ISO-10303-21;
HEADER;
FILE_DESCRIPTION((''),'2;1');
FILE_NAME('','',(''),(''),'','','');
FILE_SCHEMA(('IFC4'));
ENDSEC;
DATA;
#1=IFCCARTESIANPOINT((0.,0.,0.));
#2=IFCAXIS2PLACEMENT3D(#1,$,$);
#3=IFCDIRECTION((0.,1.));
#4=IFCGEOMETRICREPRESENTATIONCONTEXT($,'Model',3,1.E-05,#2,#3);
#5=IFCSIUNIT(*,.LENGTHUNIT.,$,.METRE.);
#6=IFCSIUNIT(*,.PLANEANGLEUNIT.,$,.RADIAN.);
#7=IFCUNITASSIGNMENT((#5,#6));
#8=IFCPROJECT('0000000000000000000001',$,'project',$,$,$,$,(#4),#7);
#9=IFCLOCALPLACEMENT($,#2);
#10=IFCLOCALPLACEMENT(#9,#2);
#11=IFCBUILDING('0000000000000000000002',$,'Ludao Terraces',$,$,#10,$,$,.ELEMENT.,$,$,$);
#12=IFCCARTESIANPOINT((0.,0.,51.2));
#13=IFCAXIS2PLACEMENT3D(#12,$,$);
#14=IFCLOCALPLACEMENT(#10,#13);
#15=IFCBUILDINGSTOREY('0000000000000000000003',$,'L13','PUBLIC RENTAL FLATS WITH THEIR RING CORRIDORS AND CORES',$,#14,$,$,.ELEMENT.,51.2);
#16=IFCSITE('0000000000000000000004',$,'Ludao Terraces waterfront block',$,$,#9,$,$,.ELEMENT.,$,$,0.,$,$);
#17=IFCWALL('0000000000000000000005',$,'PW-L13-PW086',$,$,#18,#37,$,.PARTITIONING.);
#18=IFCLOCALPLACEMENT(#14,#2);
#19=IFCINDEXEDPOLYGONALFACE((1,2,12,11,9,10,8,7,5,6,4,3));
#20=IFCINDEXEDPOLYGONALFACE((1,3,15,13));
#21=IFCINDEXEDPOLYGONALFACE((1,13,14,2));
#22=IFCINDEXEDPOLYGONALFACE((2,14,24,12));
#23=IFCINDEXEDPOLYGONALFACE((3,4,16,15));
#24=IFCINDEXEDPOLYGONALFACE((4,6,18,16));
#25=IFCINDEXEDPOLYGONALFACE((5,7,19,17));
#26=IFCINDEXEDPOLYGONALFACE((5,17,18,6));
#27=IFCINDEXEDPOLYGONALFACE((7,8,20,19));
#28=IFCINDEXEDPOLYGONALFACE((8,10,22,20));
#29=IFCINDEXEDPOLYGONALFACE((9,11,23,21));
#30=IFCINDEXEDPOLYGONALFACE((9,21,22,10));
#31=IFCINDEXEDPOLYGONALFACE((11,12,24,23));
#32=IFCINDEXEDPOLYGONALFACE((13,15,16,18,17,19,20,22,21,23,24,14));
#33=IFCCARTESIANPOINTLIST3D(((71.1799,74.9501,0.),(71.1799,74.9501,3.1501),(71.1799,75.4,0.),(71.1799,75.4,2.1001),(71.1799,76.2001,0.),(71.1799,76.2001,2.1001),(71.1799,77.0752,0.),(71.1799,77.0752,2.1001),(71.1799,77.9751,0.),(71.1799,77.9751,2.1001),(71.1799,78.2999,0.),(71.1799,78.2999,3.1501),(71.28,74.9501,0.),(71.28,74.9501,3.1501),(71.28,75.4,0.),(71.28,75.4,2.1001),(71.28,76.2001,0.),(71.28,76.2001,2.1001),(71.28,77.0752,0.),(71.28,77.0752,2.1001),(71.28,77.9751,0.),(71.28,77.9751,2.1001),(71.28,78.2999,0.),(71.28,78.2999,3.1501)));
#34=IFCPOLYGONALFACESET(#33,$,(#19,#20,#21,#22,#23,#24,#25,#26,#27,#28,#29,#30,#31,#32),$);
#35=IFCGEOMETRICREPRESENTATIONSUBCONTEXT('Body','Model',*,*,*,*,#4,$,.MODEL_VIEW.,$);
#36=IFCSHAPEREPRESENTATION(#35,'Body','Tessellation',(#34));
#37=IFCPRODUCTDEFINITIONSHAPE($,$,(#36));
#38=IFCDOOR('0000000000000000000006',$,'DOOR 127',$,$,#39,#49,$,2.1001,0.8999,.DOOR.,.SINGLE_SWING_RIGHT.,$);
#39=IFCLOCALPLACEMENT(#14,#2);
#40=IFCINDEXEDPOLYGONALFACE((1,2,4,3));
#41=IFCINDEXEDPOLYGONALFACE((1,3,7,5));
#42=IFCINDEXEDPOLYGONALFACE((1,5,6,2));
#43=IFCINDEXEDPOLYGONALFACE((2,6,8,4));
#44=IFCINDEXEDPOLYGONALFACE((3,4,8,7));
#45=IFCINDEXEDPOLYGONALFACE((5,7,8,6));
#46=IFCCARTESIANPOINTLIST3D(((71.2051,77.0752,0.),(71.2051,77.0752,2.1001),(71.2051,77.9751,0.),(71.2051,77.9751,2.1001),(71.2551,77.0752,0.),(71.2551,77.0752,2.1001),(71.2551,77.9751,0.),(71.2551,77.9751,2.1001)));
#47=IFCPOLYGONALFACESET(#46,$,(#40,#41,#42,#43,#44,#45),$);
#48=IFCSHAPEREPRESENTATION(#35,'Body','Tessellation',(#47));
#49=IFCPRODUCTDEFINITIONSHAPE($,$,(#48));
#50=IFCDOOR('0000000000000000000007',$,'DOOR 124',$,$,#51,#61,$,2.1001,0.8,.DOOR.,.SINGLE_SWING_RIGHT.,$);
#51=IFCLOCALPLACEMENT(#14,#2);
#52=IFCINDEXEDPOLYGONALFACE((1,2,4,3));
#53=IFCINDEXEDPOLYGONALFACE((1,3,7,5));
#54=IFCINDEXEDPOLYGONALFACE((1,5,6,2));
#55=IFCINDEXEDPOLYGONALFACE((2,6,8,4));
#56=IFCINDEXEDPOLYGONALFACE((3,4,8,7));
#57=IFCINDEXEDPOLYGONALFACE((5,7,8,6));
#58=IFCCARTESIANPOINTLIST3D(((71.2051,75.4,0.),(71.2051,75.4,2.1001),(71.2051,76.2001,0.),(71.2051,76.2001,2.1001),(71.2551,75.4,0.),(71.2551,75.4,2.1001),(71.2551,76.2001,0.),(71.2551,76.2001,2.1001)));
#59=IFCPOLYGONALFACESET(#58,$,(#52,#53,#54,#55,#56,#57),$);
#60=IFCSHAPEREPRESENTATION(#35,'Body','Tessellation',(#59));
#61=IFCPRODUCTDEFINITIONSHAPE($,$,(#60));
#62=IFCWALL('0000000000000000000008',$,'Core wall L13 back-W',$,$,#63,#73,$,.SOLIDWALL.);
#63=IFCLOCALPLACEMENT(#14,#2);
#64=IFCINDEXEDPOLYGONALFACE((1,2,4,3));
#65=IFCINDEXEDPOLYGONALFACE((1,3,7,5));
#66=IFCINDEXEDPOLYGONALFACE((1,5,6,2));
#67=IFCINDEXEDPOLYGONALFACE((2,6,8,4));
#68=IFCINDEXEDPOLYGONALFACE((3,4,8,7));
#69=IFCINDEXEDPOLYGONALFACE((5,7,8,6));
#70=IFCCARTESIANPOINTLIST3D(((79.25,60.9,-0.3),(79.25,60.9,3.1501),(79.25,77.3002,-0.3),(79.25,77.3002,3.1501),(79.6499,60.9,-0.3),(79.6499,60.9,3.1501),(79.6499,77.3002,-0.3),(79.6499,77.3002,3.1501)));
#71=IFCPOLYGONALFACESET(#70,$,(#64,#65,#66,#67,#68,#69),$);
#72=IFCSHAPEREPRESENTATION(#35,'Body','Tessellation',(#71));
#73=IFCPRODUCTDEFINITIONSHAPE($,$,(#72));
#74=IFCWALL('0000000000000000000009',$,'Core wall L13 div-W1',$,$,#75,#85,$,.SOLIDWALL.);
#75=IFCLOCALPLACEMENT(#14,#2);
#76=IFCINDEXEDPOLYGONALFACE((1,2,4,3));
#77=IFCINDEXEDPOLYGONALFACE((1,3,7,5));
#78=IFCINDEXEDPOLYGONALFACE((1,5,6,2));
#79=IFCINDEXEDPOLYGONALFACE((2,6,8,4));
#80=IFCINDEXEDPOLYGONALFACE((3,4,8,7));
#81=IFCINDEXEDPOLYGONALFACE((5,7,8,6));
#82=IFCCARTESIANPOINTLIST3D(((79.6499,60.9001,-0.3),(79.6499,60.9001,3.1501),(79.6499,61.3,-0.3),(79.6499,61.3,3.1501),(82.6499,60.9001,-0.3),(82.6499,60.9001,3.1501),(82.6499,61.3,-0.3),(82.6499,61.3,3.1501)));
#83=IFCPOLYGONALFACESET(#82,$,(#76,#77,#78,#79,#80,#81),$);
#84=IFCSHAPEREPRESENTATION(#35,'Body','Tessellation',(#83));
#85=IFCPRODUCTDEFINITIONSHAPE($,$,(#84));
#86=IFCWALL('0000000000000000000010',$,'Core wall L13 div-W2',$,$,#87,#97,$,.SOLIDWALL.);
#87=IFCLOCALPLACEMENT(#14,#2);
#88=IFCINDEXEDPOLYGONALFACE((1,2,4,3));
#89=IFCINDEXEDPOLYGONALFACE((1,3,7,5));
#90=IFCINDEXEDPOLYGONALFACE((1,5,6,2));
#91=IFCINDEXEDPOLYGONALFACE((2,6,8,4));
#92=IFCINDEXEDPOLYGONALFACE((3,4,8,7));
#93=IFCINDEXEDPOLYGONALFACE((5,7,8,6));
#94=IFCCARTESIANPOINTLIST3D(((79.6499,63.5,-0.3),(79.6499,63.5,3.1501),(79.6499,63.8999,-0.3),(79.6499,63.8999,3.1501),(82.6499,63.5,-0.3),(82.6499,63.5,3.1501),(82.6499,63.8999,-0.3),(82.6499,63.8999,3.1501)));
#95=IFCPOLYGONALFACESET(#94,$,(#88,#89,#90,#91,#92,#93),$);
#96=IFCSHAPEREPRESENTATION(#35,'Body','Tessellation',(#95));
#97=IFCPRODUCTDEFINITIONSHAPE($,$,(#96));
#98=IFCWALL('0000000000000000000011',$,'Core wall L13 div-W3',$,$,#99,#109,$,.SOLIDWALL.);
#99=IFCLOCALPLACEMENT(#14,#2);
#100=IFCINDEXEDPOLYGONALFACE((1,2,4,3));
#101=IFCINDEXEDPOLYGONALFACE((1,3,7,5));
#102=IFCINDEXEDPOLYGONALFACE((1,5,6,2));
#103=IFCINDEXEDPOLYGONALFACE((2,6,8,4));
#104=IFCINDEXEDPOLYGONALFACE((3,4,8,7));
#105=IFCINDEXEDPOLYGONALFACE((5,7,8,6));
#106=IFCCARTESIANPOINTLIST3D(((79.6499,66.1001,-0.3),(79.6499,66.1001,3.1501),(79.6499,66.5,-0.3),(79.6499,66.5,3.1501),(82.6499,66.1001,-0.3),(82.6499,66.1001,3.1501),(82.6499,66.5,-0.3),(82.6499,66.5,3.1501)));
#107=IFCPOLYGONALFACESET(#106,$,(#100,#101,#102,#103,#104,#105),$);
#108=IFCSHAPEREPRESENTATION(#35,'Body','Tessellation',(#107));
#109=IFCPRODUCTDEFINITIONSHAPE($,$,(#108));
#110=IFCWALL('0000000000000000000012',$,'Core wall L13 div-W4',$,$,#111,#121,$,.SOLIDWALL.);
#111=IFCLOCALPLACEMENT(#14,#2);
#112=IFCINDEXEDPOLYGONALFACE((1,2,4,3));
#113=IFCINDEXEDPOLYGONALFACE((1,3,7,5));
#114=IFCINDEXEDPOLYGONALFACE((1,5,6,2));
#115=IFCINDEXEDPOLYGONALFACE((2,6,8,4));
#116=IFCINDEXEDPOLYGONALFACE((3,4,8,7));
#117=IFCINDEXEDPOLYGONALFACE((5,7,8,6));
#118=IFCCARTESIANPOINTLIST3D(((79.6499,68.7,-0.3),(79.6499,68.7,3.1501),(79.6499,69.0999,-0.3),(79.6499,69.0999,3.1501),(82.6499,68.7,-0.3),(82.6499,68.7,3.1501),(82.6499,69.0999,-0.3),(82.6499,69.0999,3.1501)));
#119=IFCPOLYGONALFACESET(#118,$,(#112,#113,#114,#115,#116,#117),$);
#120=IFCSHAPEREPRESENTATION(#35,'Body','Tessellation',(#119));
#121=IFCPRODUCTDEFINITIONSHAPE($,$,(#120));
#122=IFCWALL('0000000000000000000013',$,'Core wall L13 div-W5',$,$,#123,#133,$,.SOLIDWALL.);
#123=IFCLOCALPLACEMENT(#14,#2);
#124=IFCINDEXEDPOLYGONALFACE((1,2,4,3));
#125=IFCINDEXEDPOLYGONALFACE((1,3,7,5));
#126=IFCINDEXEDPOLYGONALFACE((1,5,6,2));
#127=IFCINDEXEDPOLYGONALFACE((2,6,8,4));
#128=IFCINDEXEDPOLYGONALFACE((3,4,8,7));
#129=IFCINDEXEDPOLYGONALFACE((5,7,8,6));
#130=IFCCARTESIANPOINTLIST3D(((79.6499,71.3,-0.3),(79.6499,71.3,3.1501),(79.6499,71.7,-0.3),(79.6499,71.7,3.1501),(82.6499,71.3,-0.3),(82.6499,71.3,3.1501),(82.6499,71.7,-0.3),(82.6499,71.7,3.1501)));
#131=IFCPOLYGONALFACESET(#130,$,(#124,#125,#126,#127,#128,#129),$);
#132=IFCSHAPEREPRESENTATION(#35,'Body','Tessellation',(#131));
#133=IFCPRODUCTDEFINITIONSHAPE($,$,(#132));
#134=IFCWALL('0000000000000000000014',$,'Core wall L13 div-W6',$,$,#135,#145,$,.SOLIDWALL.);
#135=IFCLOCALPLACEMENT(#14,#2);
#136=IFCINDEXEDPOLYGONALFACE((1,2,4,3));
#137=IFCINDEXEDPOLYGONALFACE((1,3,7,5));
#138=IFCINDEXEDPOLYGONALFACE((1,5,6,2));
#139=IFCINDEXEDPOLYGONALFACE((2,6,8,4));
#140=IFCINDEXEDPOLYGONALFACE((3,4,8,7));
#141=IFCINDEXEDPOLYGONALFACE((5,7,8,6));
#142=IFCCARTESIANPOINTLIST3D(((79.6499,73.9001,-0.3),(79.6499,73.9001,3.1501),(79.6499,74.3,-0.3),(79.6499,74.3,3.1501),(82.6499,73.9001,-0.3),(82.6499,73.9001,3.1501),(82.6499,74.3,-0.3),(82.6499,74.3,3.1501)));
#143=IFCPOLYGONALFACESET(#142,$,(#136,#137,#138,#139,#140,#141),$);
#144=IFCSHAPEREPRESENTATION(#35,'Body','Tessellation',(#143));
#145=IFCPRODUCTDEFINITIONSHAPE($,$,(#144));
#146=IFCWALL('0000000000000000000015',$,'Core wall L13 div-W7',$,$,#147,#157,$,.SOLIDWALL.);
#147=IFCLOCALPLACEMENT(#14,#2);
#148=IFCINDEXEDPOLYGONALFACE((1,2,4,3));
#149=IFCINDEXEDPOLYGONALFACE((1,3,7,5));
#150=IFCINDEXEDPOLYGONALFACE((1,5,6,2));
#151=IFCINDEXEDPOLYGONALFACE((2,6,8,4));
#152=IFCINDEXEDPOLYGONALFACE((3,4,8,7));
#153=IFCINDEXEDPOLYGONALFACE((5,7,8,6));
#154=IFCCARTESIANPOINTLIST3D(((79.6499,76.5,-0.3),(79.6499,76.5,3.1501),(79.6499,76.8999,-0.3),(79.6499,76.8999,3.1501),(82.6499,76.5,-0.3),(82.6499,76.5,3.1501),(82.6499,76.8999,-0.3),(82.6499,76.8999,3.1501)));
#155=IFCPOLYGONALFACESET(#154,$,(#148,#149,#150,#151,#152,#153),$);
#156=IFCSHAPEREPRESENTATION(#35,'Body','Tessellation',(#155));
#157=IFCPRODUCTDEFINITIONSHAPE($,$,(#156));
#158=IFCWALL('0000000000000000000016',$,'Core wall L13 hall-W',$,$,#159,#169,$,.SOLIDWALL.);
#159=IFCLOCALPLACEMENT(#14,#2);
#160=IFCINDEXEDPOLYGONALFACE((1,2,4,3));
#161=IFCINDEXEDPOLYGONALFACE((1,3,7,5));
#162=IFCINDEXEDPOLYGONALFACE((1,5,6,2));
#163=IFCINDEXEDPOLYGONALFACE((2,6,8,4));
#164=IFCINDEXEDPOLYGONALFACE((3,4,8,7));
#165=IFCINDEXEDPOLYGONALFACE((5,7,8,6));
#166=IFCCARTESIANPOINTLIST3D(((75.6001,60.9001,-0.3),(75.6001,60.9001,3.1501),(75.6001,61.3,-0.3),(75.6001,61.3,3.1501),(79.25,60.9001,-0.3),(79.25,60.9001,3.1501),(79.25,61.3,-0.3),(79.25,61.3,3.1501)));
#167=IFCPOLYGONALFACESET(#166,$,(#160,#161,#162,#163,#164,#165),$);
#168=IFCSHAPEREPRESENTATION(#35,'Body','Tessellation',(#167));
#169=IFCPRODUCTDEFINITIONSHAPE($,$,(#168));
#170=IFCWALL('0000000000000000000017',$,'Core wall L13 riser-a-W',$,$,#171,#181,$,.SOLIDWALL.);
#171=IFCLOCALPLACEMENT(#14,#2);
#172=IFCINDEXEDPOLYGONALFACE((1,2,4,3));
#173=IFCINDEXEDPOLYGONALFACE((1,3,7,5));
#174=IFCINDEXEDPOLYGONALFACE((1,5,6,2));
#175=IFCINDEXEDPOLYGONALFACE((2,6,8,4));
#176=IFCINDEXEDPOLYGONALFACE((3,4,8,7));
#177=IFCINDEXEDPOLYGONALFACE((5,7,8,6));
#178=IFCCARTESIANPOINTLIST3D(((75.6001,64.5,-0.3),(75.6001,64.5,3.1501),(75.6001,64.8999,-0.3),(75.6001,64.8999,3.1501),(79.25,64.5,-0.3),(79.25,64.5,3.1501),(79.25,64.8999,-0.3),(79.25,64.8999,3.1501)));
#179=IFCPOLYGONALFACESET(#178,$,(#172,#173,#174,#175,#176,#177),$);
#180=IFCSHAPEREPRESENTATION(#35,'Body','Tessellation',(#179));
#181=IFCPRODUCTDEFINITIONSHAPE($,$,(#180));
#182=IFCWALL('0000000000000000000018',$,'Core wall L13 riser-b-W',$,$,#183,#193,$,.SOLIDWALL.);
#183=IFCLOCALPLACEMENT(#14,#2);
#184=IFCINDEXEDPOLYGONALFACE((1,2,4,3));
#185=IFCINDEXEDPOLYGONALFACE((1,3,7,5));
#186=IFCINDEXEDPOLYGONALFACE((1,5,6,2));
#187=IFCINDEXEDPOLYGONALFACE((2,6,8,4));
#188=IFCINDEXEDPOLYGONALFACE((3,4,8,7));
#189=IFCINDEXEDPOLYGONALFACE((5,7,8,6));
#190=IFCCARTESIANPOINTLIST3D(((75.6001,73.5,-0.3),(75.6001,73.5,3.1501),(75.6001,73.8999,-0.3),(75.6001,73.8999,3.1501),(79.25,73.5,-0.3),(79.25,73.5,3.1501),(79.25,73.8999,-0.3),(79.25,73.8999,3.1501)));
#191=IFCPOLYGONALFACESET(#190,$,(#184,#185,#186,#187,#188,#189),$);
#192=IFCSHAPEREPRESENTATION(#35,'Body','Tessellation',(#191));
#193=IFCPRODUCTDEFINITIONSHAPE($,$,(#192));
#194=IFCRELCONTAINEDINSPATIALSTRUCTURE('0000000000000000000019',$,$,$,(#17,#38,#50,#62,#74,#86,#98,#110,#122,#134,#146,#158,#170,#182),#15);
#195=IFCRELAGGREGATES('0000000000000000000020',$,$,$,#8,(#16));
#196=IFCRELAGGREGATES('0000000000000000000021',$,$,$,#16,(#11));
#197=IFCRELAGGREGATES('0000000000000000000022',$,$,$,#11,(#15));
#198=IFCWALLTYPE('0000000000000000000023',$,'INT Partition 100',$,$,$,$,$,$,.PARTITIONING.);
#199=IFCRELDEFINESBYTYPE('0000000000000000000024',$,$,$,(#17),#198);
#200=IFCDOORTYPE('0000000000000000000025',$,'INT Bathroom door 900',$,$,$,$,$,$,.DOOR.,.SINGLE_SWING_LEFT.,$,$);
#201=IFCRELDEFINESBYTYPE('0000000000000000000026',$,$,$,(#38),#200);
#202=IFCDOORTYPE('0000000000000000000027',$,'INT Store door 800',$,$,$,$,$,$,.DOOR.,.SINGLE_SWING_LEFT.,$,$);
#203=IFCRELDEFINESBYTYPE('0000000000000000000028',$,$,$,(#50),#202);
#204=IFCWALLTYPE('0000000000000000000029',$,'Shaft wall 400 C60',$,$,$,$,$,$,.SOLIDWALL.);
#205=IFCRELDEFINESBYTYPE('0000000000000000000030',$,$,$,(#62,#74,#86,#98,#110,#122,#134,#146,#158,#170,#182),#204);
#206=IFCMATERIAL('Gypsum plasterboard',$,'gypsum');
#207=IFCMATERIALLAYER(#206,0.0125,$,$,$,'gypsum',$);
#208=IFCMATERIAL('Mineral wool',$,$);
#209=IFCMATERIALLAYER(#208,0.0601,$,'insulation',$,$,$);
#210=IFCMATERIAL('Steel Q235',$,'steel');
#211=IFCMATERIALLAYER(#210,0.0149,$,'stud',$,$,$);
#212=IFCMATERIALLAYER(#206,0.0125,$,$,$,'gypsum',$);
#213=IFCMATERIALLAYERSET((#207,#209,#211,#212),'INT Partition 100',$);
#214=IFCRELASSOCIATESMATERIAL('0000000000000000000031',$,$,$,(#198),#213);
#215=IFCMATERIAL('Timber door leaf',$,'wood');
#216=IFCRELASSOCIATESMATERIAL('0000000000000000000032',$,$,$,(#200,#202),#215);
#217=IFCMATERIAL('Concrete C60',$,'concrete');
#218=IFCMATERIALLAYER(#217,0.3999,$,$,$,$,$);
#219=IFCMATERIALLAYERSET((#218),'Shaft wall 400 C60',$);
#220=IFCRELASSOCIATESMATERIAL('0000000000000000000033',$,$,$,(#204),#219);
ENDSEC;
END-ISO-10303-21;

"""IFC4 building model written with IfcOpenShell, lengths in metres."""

from ifc_helpers import new_model, si_unit, direction, frame, frame_2d, origin, place, context, subcontext, project, spatial, rectangle, extrude, material, layer, layer_set, type_object, element, fill, save


model = new_model("IFC4")

# Units and contexts
model_context = context("Model", 3, precision=1e-05, world=origin(), true_north=direction((0.0, 1.0)))
body_context = subcontext(model_context, "Body", "Model", "MODEL_VIEW")
ifc_project = project(units=[si_unit("LENGTHUNIT", "METRE"), si_unit("PLANEANGLEUNIT", "RADIAN")], contexts=[model_context])

# Site, building, storey
site_placement = place(None, origin())
site = spatial("IfcSite", under=ifc_project, at=site_placement, Name="Ludao Terraces waterfront block", CompositionType="ELEMENT", RefElevation=0.0)
building_placement = place(site_placement, origin())
building = spatial("IfcBuilding", under=site, at=building_placement, Name="Ludao Terraces", CompositionType="ELEMENT")
storey_placement = place(building_placement, frame((0.0, 0.0, 51.2)))
storey = spatial("IfcBuildingStorey", under=building, at=storey_placement, Name="L13", Description="PUBLIC RENTAL FLATS WITH THEIR RING CORRIDORS AND CORES", CompositionType="ELEMENT", Elevation=51.2)

# Shared definitions
ifc_material_1 = material(Name="Concrete C60", Category="concrete")

# Shared definitions
ifc_material_2 = material(Name="Steel Q235", Category="steel")

# Shared definitions
ifc_material_3 = material(Name="Mineral wool")
ifc_material_4 = material(Name="Gypsum plasterboard", Category="gypsum")
ifc_layer_1 = layer(ifc_material_4, 0.0125, Category="gypsum")
ifc_layer_2 = layer(ifc_material_3, 0.0601, Name="insulation")
ifc_layer_3 = layer(ifc_material_2, 0.0149, Name="stud")
ifc_layer_4 = layer(ifc_material_4, 0.0125, Category="gypsum")
ifc_layer_set_1 = layer_set([ifc_layer_1, ifc_layer_2, ifc_layer_3, ifc_layer_4], Name="INT Partition 100")
wall_type_1 = type_object("IfcWallType", Name="INT Partition 100", PredefinedType="PARTITIONING", material=ifc_layer_set_1)

# Wall, openings, doors
wall_1_placement = place(storey_placement, frame((71.23, 74.9502, 0.0), z_axis=(0.0, 0.0, 1.0), x_axis=(0.0, 1.0, 0.0)))
wall_1 = element("IfcWall", 1, at=wall_1_placement, inside=storey, type_object=wall_type_1, Name="PW-L13-PW086", PredefinedType="PARTITIONING", context=body_context, shape_type="SweptSolid", body=[
    extrude(rectangle(XDim=3.3499, YDim=0.1001, at=frame_2d((1.6748, 0.0))), origin(), (0.0, 0.0, 1.0), 3.1501),
])
opening_1_placement = place(wall_1_placement, frame((0.45, 0.0, 0.0)))
opening_1 = element("IfcOpeningElement", 2, at=opening_1_placement, cuts=wall_1, PredefinedType="OPENING", context=body_context, shape_type="SweptSolid", body=[
    extrude(rectangle(XDim=0.8, YDim=2.1001, at=frame_2d((0.3999, 1.05))), frame((0.0, 0.0601, 0.0), z_axis=(0.0, -1.0, 0.0), x_axis=(1.0, 0.0, 0.0)), (0.0, 0.0, 1.0), 0.1201),
])
opening_2_placement = place(wall_1_placement, frame((2.125, 0.0, 0.0)))
opening_2 = element("IfcOpeningElement", 3, at=opening_2_placement, cuts=wall_1, PredefinedType="OPENING", context=body_context, shape_type="SweptSolid", body=[
    extrude(rectangle(XDim=0.8999, YDim=2.1001, at=frame_2d((0.45, 1.05))), frame((0.0, 0.0601, 0.0), z_axis=(0.0, -1.0, 0.0), x_axis=(1.0, 0.0, 0.0)), (0.0, 0.0, 1.0), 0.1201),
])
ifc_material_5 = material(Name="Timber door leaf", Category="wood")
door_type_1 = type_object("IfcDoorType", Name="INT Bathroom door 900", OperationType="SINGLE_SWING_LEFT", PredefinedType="DOOR", material=ifc_material_5)
door_1_placement = place(opening_2_placement, origin())
door_1 = element("IfcDoor", 4, at=door_1_placement, inside=storey, type_object=door_type_1, Name="DOOR 127", OperationType="SINGLE_SWING_RIGHT", OverallHeight=2.1001, OverallWidth=0.8999, PredefinedType="DOOR", context=body_context, shape_type="SweptSolid", body=[
    extrude(rectangle(XDim=0.8999, YDim=2.1001, at=frame_2d((0.45, 1.05))), frame((0.0, 0.0249, 0.0), z_axis=(0.0, -1.0, 0.0), x_axis=(1.0, 0.0, 0.0)), (0.0, 0.0, 1.0), 0.05),
])
fill(opening_2, door_1)
door_type_2 = type_object("IfcDoorType", Name="INT Store door 800", OperationType="SINGLE_SWING_LEFT", PredefinedType="DOOR", material=ifc_material_5)
door_2_placement = place(opening_1_placement, origin())
door_2 = element("IfcDoor", 5, at=door_2_placement, inside=storey, type_object=door_type_2, Name="DOOR 124", OperationType="SINGLE_SWING_RIGHT", OverallHeight=2.1001, OverallWidth=0.8, PredefinedType="DOOR", context=body_context, shape_type="SweptSolid", body=[
    extrude(rectangle(XDim=0.8, YDim=2.1001, at=frame_2d((0.3999, 1.05))), frame((0.0, 0.0249, 0.0), z_axis=(0.0, -1.0, 0.0), x_axis=(1.0, 0.0, 0.0)), (0.0, 0.0, 1.0), 0.05),
])
fill(opening_1, door_2)

# Walls
ifc_layer_5 = layer(ifc_material_1, 0.3999)
ifc_layer_set_2 = layer_set([ifc_layer_5], Name="Shaft wall 400 C60")
wall_type_2 = type_object("IfcWallType", Name="Shaft wall 400 C60", PredefinedType="SOLIDWALL", material=ifc_layer_set_2)
wall_2_placement = place(storey_placement, frame((79.45, 60.8999, -0.3), z_axis=(0.0, 0.0, 1.0), x_axis=(0.0, 1.0, 0.0)))
element("IfcWall", 6, at=wall_2_placement, inside=storey, type_object=wall_type_2, Name="Core wall L13 back-W", PredefinedType="SOLIDWALL", context=body_context, shape_type="SweptSolid", body=[
    extrude(rectangle(XDim=16.4001, YDim=0.3999, at=frame_2d((8.2002, 0.0))), origin(), (0.0, 0.0, 1.0), 3.4502),
])
for number, where, z_axis, x_axis, name in (
    (7, (79.6499, 61.1001, -0.3), (0.0, 0.0, 1.0), (1.0, 0.0, 0.0), "Core wall L13 div-W1"),
    (8, (79.6499, 63.7, -0.3), (0.0, 0.0, 1.0), (1.0, 0.0, 0.0), "Core wall L13 div-W2"),
    (9, (79.6499, 66.3, -0.3), (0.0, 0.0, 1.0), (1.0, 0.0, 0.0), "Core wall L13 div-W3"),
    (10, (79.6499, 68.8999, -0.3), (0.0, 0.0, 1.0), (1.0, 0.0, 0.0), "Core wall L13 div-W4"),
    (11, (79.6499, 71.5, -0.3), (0.0, 0.0, 1.0), (1.0, 0.0, 0.0), "Core wall L13 div-W5"),
    (12, (79.6499, 74.1001, -0.3), (0.0, 0.0, 1.0), (1.0, 0.0, 0.0), "Core wall L13 div-W6"),
    (13, (79.6499, 76.7, -0.3), (0.0, 0.0, 1.0), (1.0, 0.0, 0.0), "Core wall L13 div-W7"),
):
    element("IfcWall", number, at=place(storey_placement, frame(where, z_axis=z_axis, x_axis=x_axis)), inside=storey, type_object=wall_type_2, Name=name, PredefinedType="SOLIDWALL", context=body_context, shape_type="SweptSolid", body=[
        extrude(rectangle(XDim=3.0, YDim=0.3999, at=frame_2d((1.5, 0.0))), origin(), (0.0, 0.0, 1.0), 3.4502),
    ])
for number, where, z_axis, x_axis, name in (
    (14, (75.6001, 61.1001, -0.3), (0.0, 0.0, 1.0), (1.0, 0.0, 0.0), "Core wall L13 hall-W"),
    (15, (75.6001, 64.7, -0.3), (0.0, 0.0, 1.0), (1.0, 0.0, 0.0), "Core wall L13 riser-a-W"),
    (16, (75.6001, 73.7, -0.3), (0.0, 0.0, 1.0), (1.0, 0.0, 0.0), "Core wall L13 riser-b-W"),
):
    element("IfcWall", number, at=place(storey_placement, frame(where, z_axis=z_axis, x_axis=x_axis)), inside=storey, type_object=wall_type_2, Name=name, PredefinedType="SOLIDWALL", context=body_context, shape_type="SweptSolid", body=[
        extrude(rectangle(XDim=3.6499, YDim=0.3999, at=frame_2d((1.825, 0.0))), origin(), (0.0, 0.0, 1.0), 3.4502),
    ])

save(model, "model.ifc")
